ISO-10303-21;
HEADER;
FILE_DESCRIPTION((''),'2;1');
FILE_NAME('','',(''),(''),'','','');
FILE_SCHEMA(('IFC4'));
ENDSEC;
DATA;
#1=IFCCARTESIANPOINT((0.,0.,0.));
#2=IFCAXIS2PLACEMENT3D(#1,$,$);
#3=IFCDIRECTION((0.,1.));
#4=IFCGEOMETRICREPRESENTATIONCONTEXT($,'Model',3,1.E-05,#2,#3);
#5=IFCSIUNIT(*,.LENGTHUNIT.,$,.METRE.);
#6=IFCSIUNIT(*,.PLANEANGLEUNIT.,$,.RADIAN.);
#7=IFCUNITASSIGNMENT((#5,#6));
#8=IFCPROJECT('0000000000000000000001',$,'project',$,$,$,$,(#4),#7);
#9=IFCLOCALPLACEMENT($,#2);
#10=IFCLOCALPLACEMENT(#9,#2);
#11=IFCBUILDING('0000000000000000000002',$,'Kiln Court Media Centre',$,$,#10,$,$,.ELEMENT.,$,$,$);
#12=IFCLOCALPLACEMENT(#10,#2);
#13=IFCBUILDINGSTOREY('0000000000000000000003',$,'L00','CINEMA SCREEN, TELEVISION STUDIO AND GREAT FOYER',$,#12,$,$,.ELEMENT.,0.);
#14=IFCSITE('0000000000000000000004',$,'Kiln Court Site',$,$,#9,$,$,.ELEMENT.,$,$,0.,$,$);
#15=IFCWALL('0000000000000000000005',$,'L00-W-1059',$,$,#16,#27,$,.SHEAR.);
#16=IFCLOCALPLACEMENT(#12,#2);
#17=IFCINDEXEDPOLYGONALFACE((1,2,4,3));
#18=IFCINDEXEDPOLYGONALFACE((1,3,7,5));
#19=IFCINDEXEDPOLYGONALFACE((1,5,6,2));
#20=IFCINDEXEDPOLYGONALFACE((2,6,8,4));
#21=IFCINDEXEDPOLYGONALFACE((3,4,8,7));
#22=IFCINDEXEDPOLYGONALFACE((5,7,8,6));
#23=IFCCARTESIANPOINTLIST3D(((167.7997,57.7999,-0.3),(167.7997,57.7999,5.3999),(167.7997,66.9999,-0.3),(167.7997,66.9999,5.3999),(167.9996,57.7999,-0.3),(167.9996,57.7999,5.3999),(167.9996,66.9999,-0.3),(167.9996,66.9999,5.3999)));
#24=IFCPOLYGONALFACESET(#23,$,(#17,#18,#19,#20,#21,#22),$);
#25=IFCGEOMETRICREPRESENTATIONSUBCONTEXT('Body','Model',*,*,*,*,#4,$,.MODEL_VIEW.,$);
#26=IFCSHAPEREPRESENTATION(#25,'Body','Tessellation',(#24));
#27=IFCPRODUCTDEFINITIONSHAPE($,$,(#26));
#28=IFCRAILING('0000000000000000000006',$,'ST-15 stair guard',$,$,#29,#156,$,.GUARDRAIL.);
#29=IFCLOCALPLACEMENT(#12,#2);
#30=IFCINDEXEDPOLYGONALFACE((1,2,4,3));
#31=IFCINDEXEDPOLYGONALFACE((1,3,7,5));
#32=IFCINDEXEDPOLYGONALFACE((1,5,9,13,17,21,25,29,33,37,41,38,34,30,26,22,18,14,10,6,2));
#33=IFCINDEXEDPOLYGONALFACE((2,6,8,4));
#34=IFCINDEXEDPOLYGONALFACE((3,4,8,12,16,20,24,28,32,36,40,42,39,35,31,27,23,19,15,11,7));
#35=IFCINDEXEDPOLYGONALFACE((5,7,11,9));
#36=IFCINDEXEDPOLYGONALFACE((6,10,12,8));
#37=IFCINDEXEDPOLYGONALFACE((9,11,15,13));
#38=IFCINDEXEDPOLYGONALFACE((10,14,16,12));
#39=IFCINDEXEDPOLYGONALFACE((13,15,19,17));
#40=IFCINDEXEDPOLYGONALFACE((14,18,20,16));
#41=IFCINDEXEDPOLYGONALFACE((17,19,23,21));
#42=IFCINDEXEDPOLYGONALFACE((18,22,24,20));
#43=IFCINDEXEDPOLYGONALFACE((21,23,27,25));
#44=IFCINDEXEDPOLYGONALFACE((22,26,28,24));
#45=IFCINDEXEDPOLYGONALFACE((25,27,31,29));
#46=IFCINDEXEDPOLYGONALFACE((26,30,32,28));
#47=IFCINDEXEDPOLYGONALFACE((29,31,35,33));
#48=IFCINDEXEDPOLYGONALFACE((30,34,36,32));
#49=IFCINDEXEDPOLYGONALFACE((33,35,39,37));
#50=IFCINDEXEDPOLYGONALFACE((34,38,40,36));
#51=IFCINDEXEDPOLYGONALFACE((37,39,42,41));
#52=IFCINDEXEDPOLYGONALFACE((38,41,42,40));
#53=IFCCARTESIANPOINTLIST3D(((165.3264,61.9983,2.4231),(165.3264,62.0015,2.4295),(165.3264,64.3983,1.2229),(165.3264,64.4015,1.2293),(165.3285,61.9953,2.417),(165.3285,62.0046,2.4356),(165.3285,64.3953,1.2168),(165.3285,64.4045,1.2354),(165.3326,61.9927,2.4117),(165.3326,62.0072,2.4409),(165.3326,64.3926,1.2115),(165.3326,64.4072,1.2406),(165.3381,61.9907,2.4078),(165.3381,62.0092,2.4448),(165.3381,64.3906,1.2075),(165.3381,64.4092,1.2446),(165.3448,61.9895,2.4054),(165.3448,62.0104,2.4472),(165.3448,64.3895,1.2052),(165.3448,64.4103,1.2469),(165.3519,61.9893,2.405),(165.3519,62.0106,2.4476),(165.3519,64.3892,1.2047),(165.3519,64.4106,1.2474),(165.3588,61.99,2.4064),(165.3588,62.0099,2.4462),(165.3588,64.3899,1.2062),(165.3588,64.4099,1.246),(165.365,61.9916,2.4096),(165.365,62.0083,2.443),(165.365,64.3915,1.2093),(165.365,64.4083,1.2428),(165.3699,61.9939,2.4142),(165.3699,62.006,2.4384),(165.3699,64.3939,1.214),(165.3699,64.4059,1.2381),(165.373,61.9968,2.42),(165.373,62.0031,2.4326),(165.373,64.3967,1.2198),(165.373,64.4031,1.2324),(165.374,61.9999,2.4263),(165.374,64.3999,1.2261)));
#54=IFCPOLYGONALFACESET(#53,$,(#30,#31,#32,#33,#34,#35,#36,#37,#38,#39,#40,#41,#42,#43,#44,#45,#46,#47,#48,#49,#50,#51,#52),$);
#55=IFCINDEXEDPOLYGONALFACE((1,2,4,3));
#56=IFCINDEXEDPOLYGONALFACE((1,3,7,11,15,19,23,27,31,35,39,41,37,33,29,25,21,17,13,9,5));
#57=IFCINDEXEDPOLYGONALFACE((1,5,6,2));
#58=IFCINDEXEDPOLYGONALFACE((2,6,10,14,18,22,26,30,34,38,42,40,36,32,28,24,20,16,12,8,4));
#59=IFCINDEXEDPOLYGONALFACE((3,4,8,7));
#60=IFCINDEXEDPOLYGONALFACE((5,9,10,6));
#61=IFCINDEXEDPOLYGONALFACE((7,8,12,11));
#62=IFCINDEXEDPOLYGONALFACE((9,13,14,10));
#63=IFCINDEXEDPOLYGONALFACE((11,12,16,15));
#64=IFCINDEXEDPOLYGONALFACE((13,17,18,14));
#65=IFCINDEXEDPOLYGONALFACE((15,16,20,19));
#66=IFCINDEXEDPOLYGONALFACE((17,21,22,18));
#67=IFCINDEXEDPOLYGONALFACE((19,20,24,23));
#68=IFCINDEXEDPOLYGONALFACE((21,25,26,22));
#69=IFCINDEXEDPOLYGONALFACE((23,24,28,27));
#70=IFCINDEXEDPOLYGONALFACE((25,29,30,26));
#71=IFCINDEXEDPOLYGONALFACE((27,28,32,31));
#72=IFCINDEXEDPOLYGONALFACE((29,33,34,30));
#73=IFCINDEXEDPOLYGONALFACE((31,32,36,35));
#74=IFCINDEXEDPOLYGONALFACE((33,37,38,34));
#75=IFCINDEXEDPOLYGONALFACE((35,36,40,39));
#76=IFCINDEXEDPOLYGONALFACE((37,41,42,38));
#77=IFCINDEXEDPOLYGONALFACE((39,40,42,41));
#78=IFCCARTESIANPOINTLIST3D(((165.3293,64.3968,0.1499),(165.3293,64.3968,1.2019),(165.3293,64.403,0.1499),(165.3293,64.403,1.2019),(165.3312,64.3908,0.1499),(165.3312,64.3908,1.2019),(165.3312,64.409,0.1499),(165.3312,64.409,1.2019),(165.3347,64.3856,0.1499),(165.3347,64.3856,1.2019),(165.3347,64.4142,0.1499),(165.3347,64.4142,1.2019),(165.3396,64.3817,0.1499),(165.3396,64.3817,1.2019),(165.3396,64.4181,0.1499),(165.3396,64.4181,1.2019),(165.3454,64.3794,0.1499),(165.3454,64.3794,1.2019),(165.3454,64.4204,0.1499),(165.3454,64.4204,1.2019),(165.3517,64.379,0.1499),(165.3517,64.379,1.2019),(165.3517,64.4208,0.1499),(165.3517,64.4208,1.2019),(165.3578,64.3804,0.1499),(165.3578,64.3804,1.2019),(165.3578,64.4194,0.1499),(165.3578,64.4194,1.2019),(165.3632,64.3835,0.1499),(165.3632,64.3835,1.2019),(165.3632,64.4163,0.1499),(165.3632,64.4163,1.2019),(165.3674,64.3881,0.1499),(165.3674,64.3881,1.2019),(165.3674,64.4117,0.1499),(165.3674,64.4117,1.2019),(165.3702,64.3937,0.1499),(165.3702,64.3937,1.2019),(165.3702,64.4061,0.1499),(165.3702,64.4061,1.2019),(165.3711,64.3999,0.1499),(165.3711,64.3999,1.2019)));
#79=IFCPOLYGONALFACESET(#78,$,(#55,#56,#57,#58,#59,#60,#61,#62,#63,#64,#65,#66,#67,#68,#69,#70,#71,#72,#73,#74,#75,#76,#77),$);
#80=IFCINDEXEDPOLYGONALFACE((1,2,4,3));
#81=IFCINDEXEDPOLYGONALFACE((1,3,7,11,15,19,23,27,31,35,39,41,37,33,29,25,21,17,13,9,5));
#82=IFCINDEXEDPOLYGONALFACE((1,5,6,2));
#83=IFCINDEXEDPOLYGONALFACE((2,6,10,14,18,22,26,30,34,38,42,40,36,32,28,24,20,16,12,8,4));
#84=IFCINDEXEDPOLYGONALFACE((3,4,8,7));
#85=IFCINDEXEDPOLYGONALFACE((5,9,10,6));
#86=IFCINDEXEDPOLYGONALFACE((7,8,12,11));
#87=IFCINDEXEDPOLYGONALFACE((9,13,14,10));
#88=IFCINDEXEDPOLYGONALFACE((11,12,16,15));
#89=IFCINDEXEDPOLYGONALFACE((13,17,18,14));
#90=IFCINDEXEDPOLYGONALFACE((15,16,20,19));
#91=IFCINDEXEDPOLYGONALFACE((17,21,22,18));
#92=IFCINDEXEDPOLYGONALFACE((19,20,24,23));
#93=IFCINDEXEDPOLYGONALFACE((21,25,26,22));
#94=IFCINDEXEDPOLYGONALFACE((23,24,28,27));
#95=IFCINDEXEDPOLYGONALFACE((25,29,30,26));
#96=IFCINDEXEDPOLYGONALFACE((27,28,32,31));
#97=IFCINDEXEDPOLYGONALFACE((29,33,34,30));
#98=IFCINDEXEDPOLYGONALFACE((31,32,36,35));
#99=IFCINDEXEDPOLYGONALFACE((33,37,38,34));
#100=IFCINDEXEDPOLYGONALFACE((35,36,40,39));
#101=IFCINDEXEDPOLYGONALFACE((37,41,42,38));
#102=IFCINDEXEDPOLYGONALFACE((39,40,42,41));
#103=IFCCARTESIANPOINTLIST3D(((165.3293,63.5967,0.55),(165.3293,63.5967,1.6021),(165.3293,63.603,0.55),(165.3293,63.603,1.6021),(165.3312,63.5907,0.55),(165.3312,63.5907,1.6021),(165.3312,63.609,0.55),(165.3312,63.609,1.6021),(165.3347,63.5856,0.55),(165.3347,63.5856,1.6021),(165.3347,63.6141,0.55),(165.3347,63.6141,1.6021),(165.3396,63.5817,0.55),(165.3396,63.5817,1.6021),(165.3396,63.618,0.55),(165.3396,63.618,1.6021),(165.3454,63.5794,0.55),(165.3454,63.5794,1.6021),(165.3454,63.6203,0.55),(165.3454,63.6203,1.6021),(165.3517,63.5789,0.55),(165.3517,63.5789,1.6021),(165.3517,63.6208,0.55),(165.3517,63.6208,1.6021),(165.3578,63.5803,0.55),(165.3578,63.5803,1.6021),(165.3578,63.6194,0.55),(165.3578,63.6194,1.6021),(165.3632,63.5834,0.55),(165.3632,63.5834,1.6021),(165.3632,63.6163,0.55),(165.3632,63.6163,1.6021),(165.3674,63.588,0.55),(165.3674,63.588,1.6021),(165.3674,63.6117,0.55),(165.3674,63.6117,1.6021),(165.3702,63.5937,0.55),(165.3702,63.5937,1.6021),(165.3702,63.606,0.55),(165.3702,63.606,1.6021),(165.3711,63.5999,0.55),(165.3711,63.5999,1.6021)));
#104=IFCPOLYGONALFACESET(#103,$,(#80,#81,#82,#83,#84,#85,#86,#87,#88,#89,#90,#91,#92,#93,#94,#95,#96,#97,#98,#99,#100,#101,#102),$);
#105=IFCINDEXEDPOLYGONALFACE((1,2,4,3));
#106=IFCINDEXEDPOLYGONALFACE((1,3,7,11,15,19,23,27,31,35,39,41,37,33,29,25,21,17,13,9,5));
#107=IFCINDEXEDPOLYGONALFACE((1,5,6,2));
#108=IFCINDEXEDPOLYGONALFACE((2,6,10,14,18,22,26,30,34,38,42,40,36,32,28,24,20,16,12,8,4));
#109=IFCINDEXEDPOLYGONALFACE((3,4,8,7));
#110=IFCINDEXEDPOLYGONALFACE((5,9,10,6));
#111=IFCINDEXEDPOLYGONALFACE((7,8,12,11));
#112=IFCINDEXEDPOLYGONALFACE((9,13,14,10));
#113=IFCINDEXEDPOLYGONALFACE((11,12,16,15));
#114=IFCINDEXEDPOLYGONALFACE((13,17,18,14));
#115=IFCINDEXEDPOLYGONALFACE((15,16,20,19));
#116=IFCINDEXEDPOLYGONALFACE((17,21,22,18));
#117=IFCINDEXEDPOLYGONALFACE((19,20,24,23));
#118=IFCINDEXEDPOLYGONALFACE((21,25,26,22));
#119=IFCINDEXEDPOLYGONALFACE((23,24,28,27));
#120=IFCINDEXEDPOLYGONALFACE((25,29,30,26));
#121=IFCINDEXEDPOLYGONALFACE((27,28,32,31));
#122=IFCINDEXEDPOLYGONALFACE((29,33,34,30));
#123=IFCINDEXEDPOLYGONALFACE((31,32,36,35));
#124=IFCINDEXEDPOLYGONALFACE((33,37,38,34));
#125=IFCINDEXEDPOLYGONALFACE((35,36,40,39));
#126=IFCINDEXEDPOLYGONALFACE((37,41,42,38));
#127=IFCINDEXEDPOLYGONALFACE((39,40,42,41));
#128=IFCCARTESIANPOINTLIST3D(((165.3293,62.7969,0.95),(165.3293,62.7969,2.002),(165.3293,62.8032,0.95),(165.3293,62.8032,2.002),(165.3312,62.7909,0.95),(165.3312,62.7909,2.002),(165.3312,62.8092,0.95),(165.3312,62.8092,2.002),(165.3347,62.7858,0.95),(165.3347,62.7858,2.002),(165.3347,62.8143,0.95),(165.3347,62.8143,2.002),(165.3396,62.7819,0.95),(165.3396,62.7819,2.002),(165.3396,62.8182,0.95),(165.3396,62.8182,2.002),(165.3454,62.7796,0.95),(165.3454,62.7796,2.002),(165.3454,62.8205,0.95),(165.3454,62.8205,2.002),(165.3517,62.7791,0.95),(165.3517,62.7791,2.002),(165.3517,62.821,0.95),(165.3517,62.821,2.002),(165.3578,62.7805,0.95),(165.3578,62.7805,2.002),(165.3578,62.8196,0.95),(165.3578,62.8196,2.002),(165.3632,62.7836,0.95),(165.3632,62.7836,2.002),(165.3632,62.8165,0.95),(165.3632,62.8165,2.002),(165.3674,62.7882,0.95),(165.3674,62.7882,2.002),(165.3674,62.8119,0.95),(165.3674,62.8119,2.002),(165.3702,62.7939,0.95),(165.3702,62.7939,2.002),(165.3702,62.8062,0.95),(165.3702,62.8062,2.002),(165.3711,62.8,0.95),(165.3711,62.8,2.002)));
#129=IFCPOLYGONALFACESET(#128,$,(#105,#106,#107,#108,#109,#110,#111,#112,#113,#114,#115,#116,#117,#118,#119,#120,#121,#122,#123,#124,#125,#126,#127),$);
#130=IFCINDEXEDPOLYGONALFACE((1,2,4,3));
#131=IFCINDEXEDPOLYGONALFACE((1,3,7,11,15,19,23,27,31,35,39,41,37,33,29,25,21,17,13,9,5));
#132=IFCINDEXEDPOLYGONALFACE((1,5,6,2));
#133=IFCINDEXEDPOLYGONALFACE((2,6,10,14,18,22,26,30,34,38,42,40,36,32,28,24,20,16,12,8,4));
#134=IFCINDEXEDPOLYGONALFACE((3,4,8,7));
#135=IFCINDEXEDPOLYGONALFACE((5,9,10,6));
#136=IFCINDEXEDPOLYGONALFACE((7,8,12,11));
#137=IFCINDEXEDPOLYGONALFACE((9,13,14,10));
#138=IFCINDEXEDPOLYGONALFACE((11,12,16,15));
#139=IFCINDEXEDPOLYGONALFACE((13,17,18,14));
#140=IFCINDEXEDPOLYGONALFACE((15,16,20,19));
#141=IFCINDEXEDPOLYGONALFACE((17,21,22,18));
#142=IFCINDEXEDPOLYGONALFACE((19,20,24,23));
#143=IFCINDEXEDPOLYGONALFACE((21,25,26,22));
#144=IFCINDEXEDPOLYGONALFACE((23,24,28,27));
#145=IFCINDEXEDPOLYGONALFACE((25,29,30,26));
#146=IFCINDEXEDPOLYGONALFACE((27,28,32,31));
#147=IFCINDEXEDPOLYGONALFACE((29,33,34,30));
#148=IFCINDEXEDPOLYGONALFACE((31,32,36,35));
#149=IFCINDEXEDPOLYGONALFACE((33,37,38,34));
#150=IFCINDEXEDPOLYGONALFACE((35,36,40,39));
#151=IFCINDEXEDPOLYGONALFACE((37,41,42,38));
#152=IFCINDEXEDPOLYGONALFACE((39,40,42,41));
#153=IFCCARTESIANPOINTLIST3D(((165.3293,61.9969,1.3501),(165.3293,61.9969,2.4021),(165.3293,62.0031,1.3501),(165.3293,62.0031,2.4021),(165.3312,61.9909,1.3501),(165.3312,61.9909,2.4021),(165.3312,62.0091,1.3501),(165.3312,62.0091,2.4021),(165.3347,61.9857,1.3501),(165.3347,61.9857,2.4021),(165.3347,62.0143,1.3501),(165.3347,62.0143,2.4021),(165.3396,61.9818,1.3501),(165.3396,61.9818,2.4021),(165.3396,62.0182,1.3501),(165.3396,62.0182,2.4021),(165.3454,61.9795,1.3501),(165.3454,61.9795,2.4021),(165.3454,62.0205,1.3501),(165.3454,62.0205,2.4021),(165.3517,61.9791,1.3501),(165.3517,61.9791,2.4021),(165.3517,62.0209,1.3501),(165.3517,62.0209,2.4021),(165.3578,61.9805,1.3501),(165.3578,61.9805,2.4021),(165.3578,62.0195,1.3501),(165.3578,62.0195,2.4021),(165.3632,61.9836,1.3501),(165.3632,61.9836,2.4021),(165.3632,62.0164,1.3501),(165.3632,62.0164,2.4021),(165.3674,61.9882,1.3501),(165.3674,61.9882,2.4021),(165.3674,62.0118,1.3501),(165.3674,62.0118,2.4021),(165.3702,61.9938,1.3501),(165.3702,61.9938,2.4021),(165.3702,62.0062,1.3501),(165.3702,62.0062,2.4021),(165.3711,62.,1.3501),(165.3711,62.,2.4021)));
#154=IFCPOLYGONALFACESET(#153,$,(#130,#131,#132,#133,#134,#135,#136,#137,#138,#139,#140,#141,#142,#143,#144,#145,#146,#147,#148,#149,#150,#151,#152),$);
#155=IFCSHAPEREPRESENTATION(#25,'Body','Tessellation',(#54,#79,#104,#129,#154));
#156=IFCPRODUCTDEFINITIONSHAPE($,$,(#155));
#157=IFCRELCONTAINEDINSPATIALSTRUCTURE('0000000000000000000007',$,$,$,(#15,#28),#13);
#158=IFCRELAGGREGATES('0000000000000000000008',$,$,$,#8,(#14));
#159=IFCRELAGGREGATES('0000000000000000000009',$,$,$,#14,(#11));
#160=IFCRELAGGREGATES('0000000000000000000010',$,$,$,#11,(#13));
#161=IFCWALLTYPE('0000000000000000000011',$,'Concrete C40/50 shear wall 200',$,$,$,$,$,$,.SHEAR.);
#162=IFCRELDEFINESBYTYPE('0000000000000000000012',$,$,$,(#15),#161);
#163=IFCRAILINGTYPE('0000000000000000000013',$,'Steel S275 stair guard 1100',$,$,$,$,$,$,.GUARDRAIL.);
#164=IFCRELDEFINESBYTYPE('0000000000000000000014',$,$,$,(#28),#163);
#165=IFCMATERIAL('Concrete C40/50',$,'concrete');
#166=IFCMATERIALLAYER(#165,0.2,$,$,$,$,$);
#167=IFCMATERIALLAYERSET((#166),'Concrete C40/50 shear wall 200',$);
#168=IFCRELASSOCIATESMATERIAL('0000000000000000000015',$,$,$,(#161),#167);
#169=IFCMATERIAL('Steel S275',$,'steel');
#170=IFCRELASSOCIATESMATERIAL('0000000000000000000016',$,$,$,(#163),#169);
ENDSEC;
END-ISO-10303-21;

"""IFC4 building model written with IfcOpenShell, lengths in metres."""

from ifc_helpers import new_model, si_unit, direction, frame, frame_2d, origin, origin_2d, place, context, subcontext, project, spatial, rectangle, circle, extrude, material, layer, layer_set, type_object, element, save


model = new_model("IFC4")

# Units and contexts
model_context = context("Model", 3, precision=1e-05, world=origin(), true_north=direction((0.0, 1.0)))
body_context = subcontext(model_context, "Body", "Model", "MODEL_VIEW")
ifc_project = project(units=[si_unit("LENGTHUNIT", "METRE"), si_unit("PLANEANGLEUNIT", "RADIAN")], contexts=[model_context])

# Site, building, storey
site_placement = place(None, origin())
site = spatial("IfcSite", under=ifc_project, at=site_placement, Name="Kiln Court Site", CompositionType="ELEMENT", RefElevation=0.0)
building_placement = place(site_placement, origin())
building = spatial("IfcBuilding", under=site, at=building_placement, Name="Kiln Court Media Centre", CompositionType="ELEMENT")
storey_placement = place(building_placement, origin())
storey = spatial("IfcBuildingStorey", under=building, at=storey_placement, Name="L00", Description="CINEMA SCREEN, TELEVISION STUDIO AND GREAT FOYER", CompositionType="ELEMENT", Elevation=0.0)

# Shared definitions
ifc_material_1 = material(Name="Concrete C40/50", Category="concrete")
ifc_layer_1 = layer(ifc_material_1, 0.2)
ifc_layer_set_1 = layer_set([ifc_layer_1], Name="Concrete C40/50 shear wall 200")
wall_type = type_object("IfcWallType", Name="Concrete C40/50 shear wall 200", PredefinedType="SHEAR", material=ifc_layer_set_1)

# Wall
wall_1_placement = place(storey_placement, frame((167.8997, 67.0, -0.3), z_axis=(0.0, 0.0, 1.0), x_axis=(0.0, -1.0, 0.0)))
element("IfcWall", 1, at=wall_1_placement, inside=storey, type_object=wall_type, Name="L00-W-1059", PredefinedType="SHEAR", context=body_context, shape_type="SweptSolid", body=[
    extrude(rectangle(XDim=9.2, YDim=0.2, at=frame_2d((4.6001, 0.0))), origin(), (0.0, 0.0, 1.0), 5.7),
])

# Railing
ifc_material_2 = material(Name="Steel S275", Category="steel")
railing_type_1 = type_object("IfcRailingType", Name="Steel S275 stair guard 1100", PredefinedType="GUARDRAIL", material=ifc_material_2)
railing_1_placement = place(storey_placement, frame((165.3501, 64.3999, 0.1499)))
element("IfcRailing", 2, at=railing_1_placement, inside=storey, type_object=railing_type_1, Name="ST-15 stair guard", PredefinedType="GUARDRAIL", context=body_context, shape_type="SweptSolid", body=[
    extrude(circle(Radius=0.0239, at=origin_2d()), frame((0.0, 0.0, 1.0762), z_axis=(0.0, -0.894391, 0.447286), x_axis=(1.0, 0.0, 0.0)), (0.0, 0.0, 1.0), 2.6833),
    extrude(circle(Radius=0.021, at=origin_2d()), origin(), (0.0, 0.0, 1.0), 1.052),
    extrude(circle(Radius=0.021, at=origin_2d()), frame((0.0, -0.8, 0.4001)), (0.0, 0.0, 1.0), 1.052),
    extrude(circle(Radius=0.021, at=origin_2d()), frame((0.0, -1.5999, 0.8)), (0.0, 0.0, 1.0), 1.052),
    extrude(circle(Radius=0.021, at=origin_2d()), frame((0.0, -2.3999, 1.2002)), (0.0, 0.0, 1.0), 1.052),
])

save(model, "model.ifc")
